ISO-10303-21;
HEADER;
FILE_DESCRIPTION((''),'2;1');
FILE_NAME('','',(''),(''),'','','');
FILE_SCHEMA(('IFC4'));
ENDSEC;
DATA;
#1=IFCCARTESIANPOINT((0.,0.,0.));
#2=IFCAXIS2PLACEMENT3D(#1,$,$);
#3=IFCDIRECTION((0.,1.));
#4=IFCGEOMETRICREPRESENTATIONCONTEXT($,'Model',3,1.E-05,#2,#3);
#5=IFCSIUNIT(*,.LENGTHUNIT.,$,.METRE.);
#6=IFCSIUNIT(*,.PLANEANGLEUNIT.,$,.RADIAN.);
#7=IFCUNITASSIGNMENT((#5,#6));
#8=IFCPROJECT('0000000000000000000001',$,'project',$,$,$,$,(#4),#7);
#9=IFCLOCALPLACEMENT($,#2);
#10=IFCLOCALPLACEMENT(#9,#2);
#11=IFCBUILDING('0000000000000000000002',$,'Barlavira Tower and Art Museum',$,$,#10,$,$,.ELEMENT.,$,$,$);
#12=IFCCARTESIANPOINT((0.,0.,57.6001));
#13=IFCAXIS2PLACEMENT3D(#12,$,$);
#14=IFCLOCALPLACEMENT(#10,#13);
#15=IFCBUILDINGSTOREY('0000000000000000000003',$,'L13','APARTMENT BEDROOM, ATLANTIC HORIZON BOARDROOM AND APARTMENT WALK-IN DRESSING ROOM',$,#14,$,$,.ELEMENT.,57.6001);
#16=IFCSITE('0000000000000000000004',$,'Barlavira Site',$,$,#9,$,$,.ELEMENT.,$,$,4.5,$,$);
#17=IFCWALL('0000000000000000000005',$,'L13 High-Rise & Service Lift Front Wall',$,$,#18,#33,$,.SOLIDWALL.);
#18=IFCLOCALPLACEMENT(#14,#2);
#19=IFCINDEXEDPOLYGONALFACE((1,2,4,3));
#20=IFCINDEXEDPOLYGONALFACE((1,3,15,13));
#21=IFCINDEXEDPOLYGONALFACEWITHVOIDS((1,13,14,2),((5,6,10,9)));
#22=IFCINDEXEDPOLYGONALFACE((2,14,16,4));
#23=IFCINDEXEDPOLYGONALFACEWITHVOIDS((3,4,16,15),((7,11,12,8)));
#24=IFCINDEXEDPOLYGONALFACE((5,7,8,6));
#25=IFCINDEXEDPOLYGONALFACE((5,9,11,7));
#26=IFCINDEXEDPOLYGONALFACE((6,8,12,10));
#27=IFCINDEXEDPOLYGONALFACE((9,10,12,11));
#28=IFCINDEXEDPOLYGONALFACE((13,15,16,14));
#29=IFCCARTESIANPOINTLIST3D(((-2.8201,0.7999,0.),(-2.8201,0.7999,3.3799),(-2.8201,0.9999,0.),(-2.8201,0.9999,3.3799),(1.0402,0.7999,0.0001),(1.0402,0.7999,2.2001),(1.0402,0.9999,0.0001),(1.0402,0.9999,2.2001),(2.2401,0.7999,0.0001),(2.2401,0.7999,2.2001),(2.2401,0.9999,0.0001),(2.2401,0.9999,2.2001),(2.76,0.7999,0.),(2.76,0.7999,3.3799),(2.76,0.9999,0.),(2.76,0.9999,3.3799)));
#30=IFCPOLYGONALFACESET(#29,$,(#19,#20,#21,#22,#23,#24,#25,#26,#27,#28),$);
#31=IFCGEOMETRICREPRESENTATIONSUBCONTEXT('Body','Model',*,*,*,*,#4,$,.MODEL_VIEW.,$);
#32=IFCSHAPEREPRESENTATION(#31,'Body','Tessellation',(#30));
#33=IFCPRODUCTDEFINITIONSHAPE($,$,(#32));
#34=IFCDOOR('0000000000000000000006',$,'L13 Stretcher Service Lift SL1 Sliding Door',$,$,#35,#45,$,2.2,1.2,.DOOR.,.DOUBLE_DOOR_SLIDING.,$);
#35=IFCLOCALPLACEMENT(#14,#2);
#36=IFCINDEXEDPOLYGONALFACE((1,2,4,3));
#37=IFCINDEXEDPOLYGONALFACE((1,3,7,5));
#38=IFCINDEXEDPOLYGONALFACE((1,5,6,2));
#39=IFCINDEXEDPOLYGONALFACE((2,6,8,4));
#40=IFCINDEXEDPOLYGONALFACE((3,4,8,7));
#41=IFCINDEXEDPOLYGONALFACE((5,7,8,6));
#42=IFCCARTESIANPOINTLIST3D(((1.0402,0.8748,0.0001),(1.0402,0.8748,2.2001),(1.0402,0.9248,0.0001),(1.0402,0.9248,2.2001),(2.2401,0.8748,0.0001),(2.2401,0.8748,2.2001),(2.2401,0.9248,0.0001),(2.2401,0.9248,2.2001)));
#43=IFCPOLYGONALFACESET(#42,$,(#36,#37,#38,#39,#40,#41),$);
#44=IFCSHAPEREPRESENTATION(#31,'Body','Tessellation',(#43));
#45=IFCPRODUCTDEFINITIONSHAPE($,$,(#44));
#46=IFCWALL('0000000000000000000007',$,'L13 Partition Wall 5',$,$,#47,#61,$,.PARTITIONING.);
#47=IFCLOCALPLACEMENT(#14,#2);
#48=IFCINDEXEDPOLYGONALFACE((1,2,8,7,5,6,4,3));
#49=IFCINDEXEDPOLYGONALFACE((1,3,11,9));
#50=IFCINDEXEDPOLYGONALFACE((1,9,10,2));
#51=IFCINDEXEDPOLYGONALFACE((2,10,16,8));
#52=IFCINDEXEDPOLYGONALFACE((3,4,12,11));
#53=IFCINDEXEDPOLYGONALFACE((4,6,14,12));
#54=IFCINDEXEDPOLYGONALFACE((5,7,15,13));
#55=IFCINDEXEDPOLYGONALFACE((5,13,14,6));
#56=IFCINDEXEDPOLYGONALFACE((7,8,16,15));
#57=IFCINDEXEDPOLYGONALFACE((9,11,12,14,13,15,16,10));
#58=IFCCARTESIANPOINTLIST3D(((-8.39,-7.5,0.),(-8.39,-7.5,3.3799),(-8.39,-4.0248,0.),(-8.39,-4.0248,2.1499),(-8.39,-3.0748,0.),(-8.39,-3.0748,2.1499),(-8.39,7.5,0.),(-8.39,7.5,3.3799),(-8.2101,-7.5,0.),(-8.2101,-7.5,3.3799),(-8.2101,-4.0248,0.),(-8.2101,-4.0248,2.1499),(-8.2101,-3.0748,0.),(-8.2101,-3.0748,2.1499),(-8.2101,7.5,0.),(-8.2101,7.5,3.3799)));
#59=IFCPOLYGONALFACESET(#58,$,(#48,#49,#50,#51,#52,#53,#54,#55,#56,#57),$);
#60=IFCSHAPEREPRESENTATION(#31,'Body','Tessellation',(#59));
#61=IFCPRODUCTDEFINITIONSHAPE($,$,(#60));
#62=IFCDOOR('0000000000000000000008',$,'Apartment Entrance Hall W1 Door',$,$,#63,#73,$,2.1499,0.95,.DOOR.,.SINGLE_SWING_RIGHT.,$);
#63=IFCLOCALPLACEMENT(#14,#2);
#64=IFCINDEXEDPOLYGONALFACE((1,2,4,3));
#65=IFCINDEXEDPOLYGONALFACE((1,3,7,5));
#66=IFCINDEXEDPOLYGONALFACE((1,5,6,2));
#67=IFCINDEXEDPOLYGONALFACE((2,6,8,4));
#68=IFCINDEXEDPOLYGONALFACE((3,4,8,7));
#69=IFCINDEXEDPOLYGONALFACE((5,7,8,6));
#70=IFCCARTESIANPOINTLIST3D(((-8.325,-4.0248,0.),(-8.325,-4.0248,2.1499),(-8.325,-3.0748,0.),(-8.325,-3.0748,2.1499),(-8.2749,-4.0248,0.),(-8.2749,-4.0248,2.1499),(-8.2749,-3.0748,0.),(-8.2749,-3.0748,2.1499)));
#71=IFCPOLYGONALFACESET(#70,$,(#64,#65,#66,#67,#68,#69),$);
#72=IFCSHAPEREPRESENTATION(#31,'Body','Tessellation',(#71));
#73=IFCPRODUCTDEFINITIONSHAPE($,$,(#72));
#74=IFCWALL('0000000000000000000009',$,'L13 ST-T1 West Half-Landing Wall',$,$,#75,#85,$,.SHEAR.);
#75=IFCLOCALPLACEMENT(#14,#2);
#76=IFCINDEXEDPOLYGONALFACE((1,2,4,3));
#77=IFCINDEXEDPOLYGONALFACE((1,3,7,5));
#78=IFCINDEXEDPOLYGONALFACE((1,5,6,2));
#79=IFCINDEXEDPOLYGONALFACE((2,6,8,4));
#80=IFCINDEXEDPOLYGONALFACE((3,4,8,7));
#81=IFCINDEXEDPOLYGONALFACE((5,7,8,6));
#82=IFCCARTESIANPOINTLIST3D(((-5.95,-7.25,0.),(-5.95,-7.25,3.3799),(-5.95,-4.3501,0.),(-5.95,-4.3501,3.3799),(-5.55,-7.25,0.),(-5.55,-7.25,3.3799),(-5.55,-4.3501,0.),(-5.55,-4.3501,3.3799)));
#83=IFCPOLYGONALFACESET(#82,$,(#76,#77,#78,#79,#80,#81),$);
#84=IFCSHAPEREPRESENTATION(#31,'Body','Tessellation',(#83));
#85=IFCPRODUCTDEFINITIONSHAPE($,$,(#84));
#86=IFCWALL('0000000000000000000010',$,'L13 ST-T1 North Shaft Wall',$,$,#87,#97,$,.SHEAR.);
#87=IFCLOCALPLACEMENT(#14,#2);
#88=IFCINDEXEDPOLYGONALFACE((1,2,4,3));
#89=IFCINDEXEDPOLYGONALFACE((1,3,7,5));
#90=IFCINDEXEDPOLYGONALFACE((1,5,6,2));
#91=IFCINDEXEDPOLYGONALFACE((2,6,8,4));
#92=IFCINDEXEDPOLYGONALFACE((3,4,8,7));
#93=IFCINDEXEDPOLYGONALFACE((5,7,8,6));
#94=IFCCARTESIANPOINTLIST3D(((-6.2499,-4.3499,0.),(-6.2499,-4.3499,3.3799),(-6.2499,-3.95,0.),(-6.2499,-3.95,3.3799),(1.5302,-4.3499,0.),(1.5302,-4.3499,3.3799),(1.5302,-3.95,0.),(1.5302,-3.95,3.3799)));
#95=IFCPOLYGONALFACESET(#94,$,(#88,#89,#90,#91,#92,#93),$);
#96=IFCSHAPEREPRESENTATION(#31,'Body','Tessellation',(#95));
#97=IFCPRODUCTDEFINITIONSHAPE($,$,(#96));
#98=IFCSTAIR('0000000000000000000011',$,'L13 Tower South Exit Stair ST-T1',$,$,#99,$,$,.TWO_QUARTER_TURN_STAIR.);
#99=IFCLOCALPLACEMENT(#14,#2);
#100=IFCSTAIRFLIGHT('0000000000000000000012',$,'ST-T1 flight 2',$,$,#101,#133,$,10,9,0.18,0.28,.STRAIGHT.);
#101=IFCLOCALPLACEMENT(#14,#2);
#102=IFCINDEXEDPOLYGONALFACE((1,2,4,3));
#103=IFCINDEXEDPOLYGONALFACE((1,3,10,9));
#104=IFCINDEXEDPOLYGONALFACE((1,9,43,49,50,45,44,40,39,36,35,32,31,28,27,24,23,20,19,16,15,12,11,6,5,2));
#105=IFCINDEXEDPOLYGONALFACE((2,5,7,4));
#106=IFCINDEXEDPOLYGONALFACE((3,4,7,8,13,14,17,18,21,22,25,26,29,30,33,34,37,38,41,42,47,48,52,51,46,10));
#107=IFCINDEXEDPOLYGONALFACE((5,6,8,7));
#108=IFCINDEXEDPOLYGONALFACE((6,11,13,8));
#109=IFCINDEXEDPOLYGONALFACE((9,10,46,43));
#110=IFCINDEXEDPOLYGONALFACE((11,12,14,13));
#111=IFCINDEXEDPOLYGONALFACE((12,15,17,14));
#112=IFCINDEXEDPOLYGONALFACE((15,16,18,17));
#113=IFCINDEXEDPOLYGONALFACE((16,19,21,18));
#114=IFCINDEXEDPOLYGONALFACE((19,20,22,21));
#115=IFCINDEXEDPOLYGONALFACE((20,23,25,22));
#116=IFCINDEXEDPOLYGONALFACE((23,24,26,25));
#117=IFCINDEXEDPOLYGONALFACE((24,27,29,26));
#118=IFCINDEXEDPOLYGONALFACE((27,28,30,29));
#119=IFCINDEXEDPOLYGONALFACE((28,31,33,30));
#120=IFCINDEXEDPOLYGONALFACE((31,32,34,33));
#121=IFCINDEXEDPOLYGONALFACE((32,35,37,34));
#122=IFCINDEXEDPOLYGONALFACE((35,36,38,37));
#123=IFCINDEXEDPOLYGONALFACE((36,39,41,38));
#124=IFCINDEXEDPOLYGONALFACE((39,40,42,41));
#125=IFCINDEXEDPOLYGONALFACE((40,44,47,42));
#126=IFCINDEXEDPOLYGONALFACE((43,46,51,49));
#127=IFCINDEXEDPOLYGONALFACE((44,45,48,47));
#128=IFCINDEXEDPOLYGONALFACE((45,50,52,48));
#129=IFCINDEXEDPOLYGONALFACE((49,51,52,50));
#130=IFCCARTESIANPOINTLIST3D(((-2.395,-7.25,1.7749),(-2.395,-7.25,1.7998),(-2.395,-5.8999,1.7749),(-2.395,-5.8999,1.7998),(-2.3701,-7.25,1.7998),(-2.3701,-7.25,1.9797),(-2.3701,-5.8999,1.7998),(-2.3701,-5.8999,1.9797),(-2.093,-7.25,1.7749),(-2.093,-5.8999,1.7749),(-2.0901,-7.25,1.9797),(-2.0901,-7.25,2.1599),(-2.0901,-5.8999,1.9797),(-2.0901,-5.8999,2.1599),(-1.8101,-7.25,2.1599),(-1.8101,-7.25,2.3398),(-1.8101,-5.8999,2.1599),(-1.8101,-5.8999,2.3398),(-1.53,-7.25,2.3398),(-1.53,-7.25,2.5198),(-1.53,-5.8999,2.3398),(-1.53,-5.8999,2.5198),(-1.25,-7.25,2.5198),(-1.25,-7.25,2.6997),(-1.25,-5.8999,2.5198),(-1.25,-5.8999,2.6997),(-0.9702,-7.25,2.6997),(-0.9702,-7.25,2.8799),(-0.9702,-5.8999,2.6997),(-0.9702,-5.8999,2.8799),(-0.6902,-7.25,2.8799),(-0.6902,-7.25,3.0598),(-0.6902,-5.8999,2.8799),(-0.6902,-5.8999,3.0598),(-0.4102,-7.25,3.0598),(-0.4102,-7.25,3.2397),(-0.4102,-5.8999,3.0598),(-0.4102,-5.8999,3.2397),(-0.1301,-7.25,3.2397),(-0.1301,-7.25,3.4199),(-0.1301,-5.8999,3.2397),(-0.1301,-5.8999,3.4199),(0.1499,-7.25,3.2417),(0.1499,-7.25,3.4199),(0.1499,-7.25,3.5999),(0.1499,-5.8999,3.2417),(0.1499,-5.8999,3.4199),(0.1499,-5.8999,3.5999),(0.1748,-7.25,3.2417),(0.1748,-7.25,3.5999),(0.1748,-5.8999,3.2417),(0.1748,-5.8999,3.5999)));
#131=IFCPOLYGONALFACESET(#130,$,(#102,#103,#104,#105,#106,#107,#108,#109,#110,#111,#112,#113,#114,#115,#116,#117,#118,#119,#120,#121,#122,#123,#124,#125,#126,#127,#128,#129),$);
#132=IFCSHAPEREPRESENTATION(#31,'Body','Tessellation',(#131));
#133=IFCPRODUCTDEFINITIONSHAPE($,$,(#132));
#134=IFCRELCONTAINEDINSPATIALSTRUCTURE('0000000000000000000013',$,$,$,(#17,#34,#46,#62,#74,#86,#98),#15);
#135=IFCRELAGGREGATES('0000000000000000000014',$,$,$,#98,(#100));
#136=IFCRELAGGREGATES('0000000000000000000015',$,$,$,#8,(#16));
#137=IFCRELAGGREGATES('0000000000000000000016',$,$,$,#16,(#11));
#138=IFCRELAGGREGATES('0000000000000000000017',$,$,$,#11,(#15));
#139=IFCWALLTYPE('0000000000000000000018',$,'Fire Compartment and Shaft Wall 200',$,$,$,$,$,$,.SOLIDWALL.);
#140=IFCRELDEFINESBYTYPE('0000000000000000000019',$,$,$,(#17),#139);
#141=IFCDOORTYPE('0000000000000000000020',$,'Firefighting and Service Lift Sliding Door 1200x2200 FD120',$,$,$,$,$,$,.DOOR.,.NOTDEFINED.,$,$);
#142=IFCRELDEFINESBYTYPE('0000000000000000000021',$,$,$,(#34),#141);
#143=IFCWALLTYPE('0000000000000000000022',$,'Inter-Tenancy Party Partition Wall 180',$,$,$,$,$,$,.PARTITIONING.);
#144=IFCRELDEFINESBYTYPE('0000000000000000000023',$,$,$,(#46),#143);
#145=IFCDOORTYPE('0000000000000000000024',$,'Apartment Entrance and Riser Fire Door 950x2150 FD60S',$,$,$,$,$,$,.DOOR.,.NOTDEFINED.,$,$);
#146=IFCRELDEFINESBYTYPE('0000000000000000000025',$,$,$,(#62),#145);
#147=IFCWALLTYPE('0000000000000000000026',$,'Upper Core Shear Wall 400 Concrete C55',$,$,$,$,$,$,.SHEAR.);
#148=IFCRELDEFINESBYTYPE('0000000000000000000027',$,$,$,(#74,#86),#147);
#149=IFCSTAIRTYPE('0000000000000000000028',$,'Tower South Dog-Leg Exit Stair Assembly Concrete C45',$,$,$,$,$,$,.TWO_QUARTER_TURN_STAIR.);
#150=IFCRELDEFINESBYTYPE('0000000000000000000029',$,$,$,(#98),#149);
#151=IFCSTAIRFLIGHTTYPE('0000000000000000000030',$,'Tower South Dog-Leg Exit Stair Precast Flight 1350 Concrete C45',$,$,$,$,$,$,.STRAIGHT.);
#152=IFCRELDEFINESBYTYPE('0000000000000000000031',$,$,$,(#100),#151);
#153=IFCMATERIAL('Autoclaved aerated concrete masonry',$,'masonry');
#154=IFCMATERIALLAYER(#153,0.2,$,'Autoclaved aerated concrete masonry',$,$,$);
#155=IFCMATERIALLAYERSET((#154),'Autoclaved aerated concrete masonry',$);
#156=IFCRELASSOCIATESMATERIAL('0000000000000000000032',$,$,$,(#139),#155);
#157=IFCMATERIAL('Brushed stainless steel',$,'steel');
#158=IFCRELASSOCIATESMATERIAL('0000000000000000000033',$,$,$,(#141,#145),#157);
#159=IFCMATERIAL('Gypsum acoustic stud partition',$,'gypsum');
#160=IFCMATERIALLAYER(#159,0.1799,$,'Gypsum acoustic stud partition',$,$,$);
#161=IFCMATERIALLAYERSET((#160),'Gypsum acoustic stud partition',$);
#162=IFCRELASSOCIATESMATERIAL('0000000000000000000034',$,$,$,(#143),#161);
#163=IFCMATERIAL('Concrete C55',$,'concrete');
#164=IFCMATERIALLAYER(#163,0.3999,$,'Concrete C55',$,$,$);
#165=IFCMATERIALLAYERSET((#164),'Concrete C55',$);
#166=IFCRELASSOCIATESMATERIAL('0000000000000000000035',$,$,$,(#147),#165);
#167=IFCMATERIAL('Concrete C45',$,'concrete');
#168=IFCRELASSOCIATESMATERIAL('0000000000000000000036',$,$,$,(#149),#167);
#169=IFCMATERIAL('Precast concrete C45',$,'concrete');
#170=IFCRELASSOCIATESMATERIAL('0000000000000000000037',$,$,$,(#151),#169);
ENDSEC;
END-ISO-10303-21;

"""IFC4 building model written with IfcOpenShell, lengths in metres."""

from ifc_helpers import new_model, si_unit, direction, frame, frame_2d, origin, place, context, subcontext, project, spatial, polyline, rectangle, outline, extrude, material, layer, layer_set, type_object, element, fill, aggregate, save


model = new_model("IFC4")

# Units and contexts
model_context = context("Model", 3, precision=1e-05, world=origin(), true_north=direction((0.0, 1.0)))
body_context = subcontext(model_context, "Body", "Model", "MODEL_VIEW")
ifc_project = project(units=[si_unit("LENGTHUNIT", "METRE"), si_unit("PLANEANGLEUNIT", "RADIAN")], contexts=[model_context])

# Site, building, storey
site_placement = place(None, origin())
site = spatial("IfcSite", under=ifc_project, at=site_placement, Name="Barlavira Site", CompositionType="ELEMENT", RefElevation=4.5)
building_placement = place(site_placement, origin())
building = spatial("IfcBuilding", under=site, at=building_placement, Name="Barlavira Tower and Art Museum", CompositionType="ELEMENT")
storey_placement = place(building_placement, frame((0.0, 0.0, 57.6001)))
storey = spatial("IfcBuildingStorey", under=building, at=storey_placement, Name="L13", Description="APARTMENT BEDROOM, ATLANTIC HORIZON BOARDROOM AND APARTMENT WALK-IN DRESSING ROOM", CompositionType="ELEMENT", Elevation=57.6001)

# Shared definitions
ifc_material_1 = material(Name="Autoclaved aerated concrete masonry", Category="masonry")
ifc_layer_1 = layer(ifc_material_1, 0.2, Name="Autoclaved aerated concrete masonry")
ifc_layer_set_1 = layer_set([ifc_layer_1], Name="Autoclaved aerated concrete masonry")
wall_type_1 = type_object("IfcWallType", Name="Fire Compartment and Shaft Wall 200", PredefinedType="SOLIDWALL", material=ifc_layer_set_1)
ifc_material_2 = material(Name="Brushed stainless steel", Category="steel")

# Walls, openings, doors
wall_1_placement = place(storey_placement, frame((-2.8201, 0.8999, 0.0), z_axis=(0.0, 0.0, 1.0), x_axis=(1.0, 0.0, 0.0)))
wall_1 = element("IfcWall", 1, at=wall_1_placement, inside=storey, type_object=wall_type_1, Name="L13 High-Rise & Service Lift Front Wall", PredefinedType="SOLIDWALL", context=body_context, shape_type="SweptSolid", body=[
    extrude(rectangle(XDim=5.5801, YDim=0.2, at=frame_2d((2.79, 0.0))), origin(), (0.0, 0.0, 1.0), 3.3799),
])
opening_1_placement = place(wall_1_placement, frame((3.8601, 0.0, 0.0)))
opening_1 = element("IfcOpeningElement", 2, at=opening_1_placement, cuts=wall_1, PredefinedType="OPENING", context=body_context, shape_type="SweptSolid", body=[
    extrude(rectangle(XDim=1.2, YDim=2.2, at=frame_2d((0.6001, 1.1001))), frame((0.0, 0.1099, 0.0), z_axis=(0.0, -1.0, 0.0), x_axis=(1.0, 0.0, 0.0)), (0.0, 0.0, 1.0), 0.22),
])
door_type_1 = type_object("IfcDoorType", Name="Firefighting and Service Lift Sliding Door 1200x2200 FD120", OperationType="NOTDEFINED", PredefinedType="DOOR", material=ifc_material_2)
door_1_placement = place(opening_1_placement, origin())
door_1 = element("IfcDoor", 3, at=door_1_placement, inside=storey, type_object=door_type_1, Name="L13 Stretcher Service Lift SL1 Sliding Door", OperationType="DOUBLE_DOOR_SLIDING", OverallHeight=2.2, OverallWidth=1.2, PredefinedType="DOOR", context=body_context, shape_type="SweptSolid", body=[
    extrude(rectangle(XDim=1.2, YDim=2.2, at=frame_2d((0.6001, 1.1001))), frame((0.0, 0.0249, 0.0), z_axis=(0.0, -1.0, 0.0), x_axis=(1.0, 0.0, 0.0)), (0.0, 0.0, 1.0), 0.05),
])
fill(opening_1, door_1)
ifc_material_3 = material(Name="Gypsum acoustic stud partition", Category="gypsum")
ifc_layer_2 = layer(ifc_material_3, 0.1799, Name="Gypsum acoustic stud partition")
ifc_layer_set_2 = layer_set([ifc_layer_2], Name="Gypsum acoustic stud partition")
wall_type_2 = type_object("IfcWallType", Name="Inter-Tenancy Party Partition Wall 180", PredefinedType="PARTITIONING", material=ifc_layer_set_2)
wall_2_placement = place(storey_placement, frame((-8.3, -7.5, 0.0), z_axis=(0.0, 0.0, 1.0), x_axis=(0.0, 1.0, 0.0)))
wall_2 = element("IfcWall", 4, at=wall_2_placement, inside=storey, type_object=wall_type_2, Name="L13 Partition Wall 5", PredefinedType="PARTITIONING", context=body_context, shape_type="SweptSolid", body=[
    extrude(rectangle(XDim=15.0, YDim=0.1799, at=frame_2d((7.5, 0.0))), origin(), (0.0, 0.0, 1.0), 3.3799),
])
opening_2_placement = place(wall_2_placement, frame((3.4751, 0.0, 0.0)))
opening_2 = element("IfcOpeningElement", 5, at=opening_2_placement, cuts=wall_2, PredefinedType="OPENING", context=body_context, shape_type="SweptSolid", body=[
    extrude(rectangle(XDim=0.95, YDim=2.1499, at=frame_2d((0.4751, 1.075))), frame((0.0, 0.1001, 0.0), z_axis=(0.0, -1.0, 0.0), x_axis=(1.0, 0.0, 0.0)), (0.0, 0.0, 1.0), 0.2),
])
door_type_2 = type_object("IfcDoorType", Name="Apartment Entrance and Riser Fire Door 950x2150 FD60S", OperationType="NOTDEFINED", PredefinedType="DOOR", material=ifc_material_2)
door_2_placement = place(opening_2_placement, origin())
door_2 = element("IfcDoor", 6, at=door_2_placement, inside=storey, type_object=door_type_2, Name="Apartment Entrance Hall W1 Door", OperationType="SINGLE_SWING_RIGHT", OverallHeight=2.1499, OverallWidth=0.95, PredefinedType="DOOR", context=body_context, shape_type="SweptSolid", body=[
    extrude(rectangle(XDim=0.95, YDim=2.1499, at=frame_2d((0.4751, 1.075))), frame((0.0, 0.0249, 0.0), z_axis=(0.0, -1.0, 0.0), x_axis=(1.0, 0.0, 0.0)), (0.0, 0.0, 1.0), 0.05),
])
fill(opening_2, door_2)

# Walls
ifc_material_4 = material(Name="Concrete C55", Category="concrete")
ifc_layer_3 = layer(ifc_material_4, 0.3999, Name="Concrete C55")
ifc_layer_set_3 = layer_set([ifc_layer_3], Name="Concrete C55")
wall_type_3 = type_object("IfcWallType", Name="Upper Core Shear Wall 400 Concrete C55", PredefinedType="SHEAR", material=ifc_layer_set_3)
wall_3_placement = place(storey_placement, frame((-5.75, -7.25, 0.0), z_axis=(0.0, 0.0, 1.0), x_axis=(0.0, 1.0, 0.0)))
element("IfcWall", 7, at=wall_3_placement, inside=storey, type_object=wall_type_3, Name="L13 ST-T1 West Half-Landing Wall", PredefinedType="SHEAR", context=body_context, shape_type="SweptSolid", body=[
    extrude(rectangle(XDim=2.8999, YDim=0.3999, at=frame_2d((1.45, 0.0))), origin(), (0.0, 0.0, 1.0), 3.3799),
])
wall_4_placement = place(storey_placement, frame((-6.25, -4.1499, 0.0), z_axis=(0.0, 0.0, 1.0), x_axis=(1.0, 0.0, 0.0)))
element("IfcWall", 8, at=wall_4_placement, inside=storey, type_object=wall_type_3, Name="L13 ST-T1 North Shaft Wall", PredefinedType="SHEAR", context=body_context, shape_type="SweptSolid", body=[
    extrude(rectangle(XDim=7.78, YDim=0.3999, at=frame_2d((3.8901, 0.0))), origin(), (0.0, 0.0, 1.0), 3.3799),
])

# Stair, stair flight
ifc_material_5 = material(Name="Concrete C45", Category="concrete")
stair_type = type_object("IfcStairType", Name="Tower South Dog-Leg Exit Stair Assembly Concrete C45", PredefinedType="TWO_QUARTER_TURN_STAIR", material=ifc_material_5)
stair_placement = place(storey_placement, origin())
stair = element("IfcStair", 9, at=stair_placement, inside=storey, type_object=stair_type, Name="L13 Tower South Exit Stair ST-T1", PredefinedType="TWO_QUARTER_TURN_STAIR")
ifc_material_6 = material(Name="Precast concrete C45", Category="concrete")
stair_flight_type = type_object("IfcStairFlightType", Name="Tower South Dog-Leg Exit Stair Precast Flight 1350 Concrete C45", PredefinedType="STRAIGHT", material=ifc_material_6)
stair_flight_placement = place(storey_placement, frame((-2.3701, -6.575, 1.7998), z_axis=(0.0, 0.0, 1.0), x_axis=(1.0, 0.0, 0.0)))
stair_flight = element("IfcStairFlight", 10, at=stair_flight_placement, type_object=stair_flight_type, Name="ST-T1 flight 2", NumberOfRisers=10, NumberOfTreads=9, PredefinedType="STRAIGHT", RiserHeight=0.18, TreadLength=0.28, context=body_context, shape_type="SweptSolid", body=[
    extrude(outline(polyline([(-0.0249, 0.0), (0.0, 0.0), (0.0, 0.1799), (0.28, 0.1799), (0.28, 0.3601), (0.5601, 0.3601), (0.5601, 0.54), (0.8401, 0.54), (0.8401, 0.72), (1.1201, 0.72), (1.1201, 0.8999), (1.3999, 0.8999), (1.3999, 1.0801), (1.6799, 1.0801), (1.6799, 1.26), (1.96, 1.26), (1.96, 1.4399), (2.24, 1.4399), (2.24, 1.6201), (2.52, 1.6201), (2.52, 1.8), (2.5449, 1.8), (2.5449, 1.4419), (2.52, 1.4419), (0.2771, -0.0249), (-0.0249, -0.0249), (-0.0249, 0.0)])), frame((0.0, 0.675, 0.0), z_axis=(0.0, -1.0, 0.0), x_axis=(1.0, 0.0, 0.0)), (0.0, 0.0, 1.0), 1.3501),
])
aggregate(stair, [stair_flight])

save(model, "model.ifc")
